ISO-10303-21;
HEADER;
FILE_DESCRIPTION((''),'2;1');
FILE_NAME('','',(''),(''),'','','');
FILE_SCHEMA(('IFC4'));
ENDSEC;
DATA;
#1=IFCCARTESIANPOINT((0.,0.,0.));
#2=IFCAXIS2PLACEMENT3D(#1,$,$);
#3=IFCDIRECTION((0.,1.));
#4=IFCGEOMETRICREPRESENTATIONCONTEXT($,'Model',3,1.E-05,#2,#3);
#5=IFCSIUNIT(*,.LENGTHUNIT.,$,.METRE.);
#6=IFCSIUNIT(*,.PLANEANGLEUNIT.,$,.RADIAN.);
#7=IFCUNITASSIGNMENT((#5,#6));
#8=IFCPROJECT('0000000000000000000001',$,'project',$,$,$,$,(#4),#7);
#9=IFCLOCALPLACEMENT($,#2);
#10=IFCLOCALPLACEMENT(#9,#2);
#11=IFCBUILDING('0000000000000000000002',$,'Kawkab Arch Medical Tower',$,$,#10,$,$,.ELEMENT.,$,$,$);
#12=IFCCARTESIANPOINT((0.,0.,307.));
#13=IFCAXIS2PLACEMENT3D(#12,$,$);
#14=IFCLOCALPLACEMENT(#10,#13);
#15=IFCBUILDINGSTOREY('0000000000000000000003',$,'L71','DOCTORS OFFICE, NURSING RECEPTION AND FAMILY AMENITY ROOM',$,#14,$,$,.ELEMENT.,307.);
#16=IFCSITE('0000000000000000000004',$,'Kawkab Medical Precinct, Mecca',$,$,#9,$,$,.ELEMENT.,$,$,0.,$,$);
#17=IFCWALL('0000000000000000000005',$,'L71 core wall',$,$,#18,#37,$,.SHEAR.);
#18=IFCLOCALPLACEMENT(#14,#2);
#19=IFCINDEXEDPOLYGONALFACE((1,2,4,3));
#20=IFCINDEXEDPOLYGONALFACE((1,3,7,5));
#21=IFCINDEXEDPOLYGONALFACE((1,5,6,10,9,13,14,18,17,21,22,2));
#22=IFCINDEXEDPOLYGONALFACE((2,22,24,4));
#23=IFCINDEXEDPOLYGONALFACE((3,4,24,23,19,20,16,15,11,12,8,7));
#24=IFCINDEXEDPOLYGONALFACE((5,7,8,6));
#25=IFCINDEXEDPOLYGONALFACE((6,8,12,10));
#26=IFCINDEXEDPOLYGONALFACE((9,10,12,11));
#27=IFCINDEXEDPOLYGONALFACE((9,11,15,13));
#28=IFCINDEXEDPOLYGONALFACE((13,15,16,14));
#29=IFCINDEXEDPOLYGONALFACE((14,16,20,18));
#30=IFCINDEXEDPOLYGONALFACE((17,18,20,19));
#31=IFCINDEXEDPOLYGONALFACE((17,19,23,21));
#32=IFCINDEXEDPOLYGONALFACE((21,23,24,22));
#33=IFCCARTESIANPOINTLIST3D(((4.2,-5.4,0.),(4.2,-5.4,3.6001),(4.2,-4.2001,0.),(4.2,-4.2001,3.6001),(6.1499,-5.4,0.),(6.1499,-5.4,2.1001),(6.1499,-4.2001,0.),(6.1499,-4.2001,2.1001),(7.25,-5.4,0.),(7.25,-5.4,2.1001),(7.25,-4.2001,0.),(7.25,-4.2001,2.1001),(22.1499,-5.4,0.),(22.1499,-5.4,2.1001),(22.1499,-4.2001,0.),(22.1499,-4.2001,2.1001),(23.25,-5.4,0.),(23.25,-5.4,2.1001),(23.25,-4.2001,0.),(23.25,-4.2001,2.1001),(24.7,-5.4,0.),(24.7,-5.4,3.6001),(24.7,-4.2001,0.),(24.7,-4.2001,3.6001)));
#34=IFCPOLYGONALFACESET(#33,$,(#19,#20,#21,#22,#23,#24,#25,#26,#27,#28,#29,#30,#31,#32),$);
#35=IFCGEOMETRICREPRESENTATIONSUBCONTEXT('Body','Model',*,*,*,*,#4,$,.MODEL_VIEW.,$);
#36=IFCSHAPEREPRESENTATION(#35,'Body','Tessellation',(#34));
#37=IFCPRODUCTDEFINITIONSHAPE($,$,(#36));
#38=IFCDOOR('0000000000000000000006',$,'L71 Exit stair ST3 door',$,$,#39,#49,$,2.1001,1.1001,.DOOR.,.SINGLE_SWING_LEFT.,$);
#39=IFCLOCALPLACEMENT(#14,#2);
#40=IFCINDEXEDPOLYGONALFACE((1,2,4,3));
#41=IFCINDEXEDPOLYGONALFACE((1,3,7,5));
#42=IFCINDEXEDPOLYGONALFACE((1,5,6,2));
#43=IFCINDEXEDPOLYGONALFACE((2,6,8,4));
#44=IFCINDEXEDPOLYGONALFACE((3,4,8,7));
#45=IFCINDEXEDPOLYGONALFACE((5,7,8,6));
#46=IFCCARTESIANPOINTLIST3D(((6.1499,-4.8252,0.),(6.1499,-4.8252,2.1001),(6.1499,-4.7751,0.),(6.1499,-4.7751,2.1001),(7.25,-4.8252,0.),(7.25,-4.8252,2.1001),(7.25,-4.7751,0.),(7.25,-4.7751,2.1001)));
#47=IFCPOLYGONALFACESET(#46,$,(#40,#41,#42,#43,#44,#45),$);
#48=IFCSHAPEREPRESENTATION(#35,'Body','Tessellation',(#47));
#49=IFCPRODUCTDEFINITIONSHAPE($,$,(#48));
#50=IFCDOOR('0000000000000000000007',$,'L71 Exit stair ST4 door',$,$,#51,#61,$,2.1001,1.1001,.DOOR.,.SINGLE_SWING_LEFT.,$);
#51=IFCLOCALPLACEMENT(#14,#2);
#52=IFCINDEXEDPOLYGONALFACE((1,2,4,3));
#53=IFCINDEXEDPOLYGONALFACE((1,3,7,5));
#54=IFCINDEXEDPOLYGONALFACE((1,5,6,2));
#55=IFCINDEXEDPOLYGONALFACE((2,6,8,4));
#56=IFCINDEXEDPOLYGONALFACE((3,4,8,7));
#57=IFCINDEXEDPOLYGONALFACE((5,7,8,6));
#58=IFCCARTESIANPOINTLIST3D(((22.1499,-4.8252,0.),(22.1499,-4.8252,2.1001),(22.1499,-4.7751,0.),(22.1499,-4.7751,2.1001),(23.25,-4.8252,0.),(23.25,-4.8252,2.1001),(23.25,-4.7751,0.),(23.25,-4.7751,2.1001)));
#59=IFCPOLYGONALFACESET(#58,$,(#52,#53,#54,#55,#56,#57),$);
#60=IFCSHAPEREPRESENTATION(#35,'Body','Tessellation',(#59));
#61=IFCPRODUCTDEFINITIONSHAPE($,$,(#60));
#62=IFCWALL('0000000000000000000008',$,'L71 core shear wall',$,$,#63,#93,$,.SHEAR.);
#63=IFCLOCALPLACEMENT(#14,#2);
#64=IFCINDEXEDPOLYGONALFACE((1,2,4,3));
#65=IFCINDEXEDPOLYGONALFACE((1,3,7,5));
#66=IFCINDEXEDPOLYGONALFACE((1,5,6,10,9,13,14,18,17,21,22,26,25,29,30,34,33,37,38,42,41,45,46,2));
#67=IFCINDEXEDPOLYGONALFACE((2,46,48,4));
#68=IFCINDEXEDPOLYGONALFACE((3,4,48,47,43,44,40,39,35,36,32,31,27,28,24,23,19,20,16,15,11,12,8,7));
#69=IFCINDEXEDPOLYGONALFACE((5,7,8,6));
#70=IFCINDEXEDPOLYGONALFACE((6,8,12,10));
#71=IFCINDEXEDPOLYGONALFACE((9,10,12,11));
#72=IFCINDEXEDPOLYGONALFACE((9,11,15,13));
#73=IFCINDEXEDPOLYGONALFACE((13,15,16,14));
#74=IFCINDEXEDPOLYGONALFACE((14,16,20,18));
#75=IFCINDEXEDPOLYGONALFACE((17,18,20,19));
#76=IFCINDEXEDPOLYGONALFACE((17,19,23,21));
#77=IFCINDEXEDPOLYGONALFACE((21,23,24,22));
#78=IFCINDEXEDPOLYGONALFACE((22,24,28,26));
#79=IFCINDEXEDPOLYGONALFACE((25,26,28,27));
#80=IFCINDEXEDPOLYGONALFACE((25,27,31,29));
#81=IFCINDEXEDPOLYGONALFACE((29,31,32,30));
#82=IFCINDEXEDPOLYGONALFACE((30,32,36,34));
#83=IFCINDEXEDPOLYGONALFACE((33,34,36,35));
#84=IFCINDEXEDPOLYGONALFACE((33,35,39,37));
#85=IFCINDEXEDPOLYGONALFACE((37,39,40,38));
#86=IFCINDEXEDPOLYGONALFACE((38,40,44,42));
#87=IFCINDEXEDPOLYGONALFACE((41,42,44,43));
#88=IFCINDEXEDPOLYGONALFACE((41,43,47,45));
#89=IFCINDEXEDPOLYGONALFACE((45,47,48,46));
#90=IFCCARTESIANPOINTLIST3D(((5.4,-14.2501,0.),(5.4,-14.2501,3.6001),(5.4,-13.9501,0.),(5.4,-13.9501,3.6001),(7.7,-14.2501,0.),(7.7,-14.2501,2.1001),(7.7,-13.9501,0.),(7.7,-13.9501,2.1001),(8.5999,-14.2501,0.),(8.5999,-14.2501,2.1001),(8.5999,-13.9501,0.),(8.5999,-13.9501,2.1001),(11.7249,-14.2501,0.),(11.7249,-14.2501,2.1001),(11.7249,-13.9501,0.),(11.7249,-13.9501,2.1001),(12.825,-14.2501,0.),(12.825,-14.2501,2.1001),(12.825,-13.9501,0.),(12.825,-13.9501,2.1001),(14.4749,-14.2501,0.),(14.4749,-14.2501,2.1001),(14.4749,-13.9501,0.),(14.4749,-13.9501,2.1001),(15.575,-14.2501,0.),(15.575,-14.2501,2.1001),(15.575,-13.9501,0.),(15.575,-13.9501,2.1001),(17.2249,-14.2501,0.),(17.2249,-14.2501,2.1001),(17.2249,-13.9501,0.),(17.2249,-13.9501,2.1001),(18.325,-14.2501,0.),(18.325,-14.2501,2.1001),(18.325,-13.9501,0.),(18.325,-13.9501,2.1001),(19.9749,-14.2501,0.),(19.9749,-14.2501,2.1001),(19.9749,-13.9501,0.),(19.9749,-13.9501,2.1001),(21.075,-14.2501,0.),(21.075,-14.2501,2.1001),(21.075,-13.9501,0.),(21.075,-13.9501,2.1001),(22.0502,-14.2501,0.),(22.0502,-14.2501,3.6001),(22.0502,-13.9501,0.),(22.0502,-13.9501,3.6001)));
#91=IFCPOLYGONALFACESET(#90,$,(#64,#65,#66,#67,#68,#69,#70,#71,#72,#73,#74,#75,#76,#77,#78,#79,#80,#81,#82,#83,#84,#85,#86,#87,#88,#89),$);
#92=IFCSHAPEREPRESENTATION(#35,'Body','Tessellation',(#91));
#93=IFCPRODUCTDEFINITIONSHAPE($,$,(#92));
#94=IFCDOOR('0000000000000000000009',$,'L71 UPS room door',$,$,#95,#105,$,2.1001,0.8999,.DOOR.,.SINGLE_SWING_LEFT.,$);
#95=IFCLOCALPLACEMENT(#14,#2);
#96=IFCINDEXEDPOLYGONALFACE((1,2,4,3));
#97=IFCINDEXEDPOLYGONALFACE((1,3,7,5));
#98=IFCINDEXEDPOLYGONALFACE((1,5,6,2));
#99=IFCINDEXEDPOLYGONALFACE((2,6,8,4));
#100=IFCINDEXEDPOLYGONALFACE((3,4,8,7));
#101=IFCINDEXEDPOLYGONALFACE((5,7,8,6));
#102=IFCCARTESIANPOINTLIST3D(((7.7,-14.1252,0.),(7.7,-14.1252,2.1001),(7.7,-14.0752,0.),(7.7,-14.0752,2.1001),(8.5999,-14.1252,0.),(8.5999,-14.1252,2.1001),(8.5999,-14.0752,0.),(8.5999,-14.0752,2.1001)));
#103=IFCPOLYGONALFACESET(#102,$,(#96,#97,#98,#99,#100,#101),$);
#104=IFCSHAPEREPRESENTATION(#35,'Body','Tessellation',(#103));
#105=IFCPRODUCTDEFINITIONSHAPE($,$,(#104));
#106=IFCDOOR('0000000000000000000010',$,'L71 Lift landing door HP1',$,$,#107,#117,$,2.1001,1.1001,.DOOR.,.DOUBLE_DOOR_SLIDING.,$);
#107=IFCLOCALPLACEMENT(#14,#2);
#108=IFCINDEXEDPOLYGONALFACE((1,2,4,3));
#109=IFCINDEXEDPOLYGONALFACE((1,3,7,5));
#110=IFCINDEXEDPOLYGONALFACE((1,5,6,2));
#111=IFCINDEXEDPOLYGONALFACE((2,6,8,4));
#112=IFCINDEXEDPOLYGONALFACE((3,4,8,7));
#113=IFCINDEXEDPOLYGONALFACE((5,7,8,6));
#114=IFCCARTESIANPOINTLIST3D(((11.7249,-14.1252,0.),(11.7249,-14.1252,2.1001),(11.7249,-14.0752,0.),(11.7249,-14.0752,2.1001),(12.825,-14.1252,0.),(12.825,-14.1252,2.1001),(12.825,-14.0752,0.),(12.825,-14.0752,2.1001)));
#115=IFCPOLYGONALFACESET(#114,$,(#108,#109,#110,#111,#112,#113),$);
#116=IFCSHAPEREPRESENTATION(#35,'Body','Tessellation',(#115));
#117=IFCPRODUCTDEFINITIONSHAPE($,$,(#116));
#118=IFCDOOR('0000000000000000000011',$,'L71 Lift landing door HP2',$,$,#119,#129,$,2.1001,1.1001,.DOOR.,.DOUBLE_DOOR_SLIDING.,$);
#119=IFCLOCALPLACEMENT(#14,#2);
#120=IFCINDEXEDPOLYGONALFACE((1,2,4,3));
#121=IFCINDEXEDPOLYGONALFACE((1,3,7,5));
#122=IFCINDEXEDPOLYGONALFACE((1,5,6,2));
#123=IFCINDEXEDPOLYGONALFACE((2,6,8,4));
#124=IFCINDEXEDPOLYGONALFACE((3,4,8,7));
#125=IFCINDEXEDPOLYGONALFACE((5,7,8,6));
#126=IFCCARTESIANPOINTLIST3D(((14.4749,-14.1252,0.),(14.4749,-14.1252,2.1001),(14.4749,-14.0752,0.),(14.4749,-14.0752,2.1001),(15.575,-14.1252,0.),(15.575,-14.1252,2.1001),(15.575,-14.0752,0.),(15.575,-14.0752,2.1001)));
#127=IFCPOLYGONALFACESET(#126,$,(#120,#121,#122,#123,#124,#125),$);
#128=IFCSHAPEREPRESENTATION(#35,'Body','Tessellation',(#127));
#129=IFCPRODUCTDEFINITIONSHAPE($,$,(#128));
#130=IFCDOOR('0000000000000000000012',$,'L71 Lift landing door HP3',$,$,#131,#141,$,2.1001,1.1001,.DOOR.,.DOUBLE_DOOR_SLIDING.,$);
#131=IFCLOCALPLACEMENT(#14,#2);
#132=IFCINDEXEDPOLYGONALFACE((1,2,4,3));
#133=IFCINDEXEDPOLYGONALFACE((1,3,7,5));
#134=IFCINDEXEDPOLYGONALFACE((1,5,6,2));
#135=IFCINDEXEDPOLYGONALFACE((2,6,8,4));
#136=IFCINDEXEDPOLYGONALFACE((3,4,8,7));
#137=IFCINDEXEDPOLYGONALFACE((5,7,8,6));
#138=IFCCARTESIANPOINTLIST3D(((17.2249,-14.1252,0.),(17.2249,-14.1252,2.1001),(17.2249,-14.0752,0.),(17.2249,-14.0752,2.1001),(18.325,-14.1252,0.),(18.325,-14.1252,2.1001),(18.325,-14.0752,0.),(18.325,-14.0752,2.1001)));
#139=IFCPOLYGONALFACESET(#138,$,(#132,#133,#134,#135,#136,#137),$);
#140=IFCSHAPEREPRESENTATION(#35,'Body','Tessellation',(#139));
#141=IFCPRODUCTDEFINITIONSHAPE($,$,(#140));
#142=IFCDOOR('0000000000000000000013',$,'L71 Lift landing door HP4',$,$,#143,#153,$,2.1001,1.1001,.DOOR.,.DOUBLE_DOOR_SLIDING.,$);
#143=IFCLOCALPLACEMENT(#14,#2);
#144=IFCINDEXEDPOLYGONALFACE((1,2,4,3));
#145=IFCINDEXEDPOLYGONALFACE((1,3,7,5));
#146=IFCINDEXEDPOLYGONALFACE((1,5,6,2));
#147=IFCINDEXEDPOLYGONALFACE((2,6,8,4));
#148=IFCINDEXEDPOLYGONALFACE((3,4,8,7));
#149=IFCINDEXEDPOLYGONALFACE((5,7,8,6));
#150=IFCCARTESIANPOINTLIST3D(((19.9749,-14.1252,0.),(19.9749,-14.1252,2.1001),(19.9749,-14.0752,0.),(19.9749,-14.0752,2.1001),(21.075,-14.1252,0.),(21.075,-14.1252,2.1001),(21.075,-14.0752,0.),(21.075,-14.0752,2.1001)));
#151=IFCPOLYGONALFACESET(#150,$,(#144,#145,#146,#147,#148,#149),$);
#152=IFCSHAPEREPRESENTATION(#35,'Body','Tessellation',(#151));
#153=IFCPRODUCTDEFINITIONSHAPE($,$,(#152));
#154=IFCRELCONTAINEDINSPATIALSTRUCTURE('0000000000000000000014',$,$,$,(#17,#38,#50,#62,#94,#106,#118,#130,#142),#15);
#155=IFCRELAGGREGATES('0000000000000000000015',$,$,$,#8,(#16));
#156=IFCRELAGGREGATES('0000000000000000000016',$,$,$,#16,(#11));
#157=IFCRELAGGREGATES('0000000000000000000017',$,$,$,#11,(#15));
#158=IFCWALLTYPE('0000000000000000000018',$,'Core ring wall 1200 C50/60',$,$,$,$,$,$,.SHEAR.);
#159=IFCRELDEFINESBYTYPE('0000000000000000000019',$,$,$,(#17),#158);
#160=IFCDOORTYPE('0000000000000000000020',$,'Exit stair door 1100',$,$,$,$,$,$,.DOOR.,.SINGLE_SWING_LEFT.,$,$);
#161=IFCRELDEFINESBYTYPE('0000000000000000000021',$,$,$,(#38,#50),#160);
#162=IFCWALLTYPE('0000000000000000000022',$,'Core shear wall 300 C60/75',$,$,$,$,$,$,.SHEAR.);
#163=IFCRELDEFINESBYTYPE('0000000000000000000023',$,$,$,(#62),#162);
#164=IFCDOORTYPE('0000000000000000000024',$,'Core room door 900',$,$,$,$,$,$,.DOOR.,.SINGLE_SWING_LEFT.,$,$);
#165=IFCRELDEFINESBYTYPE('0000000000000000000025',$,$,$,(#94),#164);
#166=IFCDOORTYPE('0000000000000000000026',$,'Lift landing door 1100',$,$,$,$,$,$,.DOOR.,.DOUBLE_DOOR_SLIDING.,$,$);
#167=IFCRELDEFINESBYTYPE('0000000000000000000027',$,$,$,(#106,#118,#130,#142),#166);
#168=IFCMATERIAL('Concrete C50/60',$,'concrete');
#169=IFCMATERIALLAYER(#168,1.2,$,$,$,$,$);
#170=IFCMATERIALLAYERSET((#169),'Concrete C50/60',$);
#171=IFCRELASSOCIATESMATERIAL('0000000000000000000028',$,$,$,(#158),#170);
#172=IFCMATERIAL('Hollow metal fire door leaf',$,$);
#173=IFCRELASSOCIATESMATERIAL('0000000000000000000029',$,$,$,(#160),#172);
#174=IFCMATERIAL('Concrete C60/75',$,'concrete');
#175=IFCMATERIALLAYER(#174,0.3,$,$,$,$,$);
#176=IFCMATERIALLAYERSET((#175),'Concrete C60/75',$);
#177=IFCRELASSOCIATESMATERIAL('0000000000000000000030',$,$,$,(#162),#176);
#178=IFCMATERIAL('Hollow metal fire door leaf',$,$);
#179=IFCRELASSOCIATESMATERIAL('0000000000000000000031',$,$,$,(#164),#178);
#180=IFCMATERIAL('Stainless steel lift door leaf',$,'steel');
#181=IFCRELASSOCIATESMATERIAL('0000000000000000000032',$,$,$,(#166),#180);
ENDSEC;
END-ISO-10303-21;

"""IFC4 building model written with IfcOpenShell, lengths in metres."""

from ifc_helpers import new_model, si_unit, direction, frame, frame_2d, origin, place, context, subcontext, project, spatial, rectangle, extrude, material, layer, layer_set, type_object, element, fill, save


model = new_model("IFC4")

# Units and contexts
model_context = context("Model", 3, precision=1e-05, world=origin(), true_north=direction((0.0, 1.0)))
body_context = subcontext(model_context, "Body", "Model", "MODEL_VIEW")
ifc_project = project(units=[si_unit("LENGTHUNIT", "METRE"), si_unit("PLANEANGLEUNIT", "RADIAN")], contexts=[model_context])

# Site, building, storey
site_placement = place(None, origin())
site = spatial("IfcSite", under=ifc_project, at=site_placement, Name="Kawkab Medical Precinct, Mecca", CompositionType="ELEMENT", RefElevation=0.0)
building_placement = place(site_placement, origin())
building = spatial("IfcBuilding", under=site, at=building_placement, Name="Kawkab Arch Medical Tower", CompositionType="ELEMENT")
storey_placement = place(building_placement, frame((0.0, 0.0, 307.0)))
storey = spatial("IfcBuildingStorey", under=building, at=storey_placement, Name="L71", Description="DOCTORS OFFICE, NURSING RECEPTION AND FAMILY AMENITY ROOM", CompositionType="ELEMENT", Elevation=307.0)

# Walls, openings, doors
ifc_material_1 = material(Name="Concrete C50/60", Category="concrete")
ifc_layer_1 = layer(ifc_material_1, 1.2)
ifc_layer_set_1 = layer_set([ifc_layer_1], Name="Concrete C50/60")
wall_type_1 = type_object("IfcWallType", Name="Core ring wall 1200 C50/60", PredefinedType="SHEAR", material=ifc_layer_set_1)
wall_1_placement = place(storey_placement, frame((4.2, -4.8, 0.0), z_axis=(0.0, 0.0, 1.0), x_axis=(1.0, 0.0, 0.0)))
wall_1 = element("IfcWall", 1, at=wall_1_placement, inside=storey, type_object=wall_type_1, Name="L71 core wall", PredefinedType="SHEAR", context=body_context, shape_type="SweptSolid", body=[
    extrude(rectangle(XDim=20.5, YDim=1.2, at=frame_2d((10.25, 0.0))), origin(), (0.0, 0.0, 1.0), 3.6001),
])
opening_1_placement = place(wall_1_placement, frame((1.95, 0.0, 0.0)))
opening_1 = element("IfcOpeningElement", 2, at=opening_1_placement, cuts=wall_1, PredefinedType="OPENING", context=body_context, shape_type="SweptSolid", body=[
    extrude(rectangle(XDim=1.1001, YDim=2.1001, at=frame_2d((0.55, 1.05))), frame((0.0, 0.6099, 0.0), z_axis=(0.0, -1.0, 0.0), x_axis=(1.0, 0.0, 0.0)), (0.0, 0.0, 1.0), 1.22),
])
opening_2_placement = place(wall_1_placement, frame((17.95, 0.0, 0.0)))
opening_2 = element("IfcOpeningElement", 3, at=opening_2_placement, cuts=wall_1, PredefinedType="OPENING", context=body_context, shape_type="SweptSolid", body=[
    extrude(rectangle(XDim=1.1001, YDim=2.1001, at=frame_2d((0.55, 1.05))), frame((0.0, 0.6099, 0.0), z_axis=(0.0, -1.0, 0.0), x_axis=(1.0, 0.0, 0.0)), (0.0, 0.0, 1.0), 1.22),
])
ifc_material_2 = material(Name="Hollow metal fire door leaf")
door_type_1 = type_object("IfcDoorType", Name="Exit stair door 1100", OperationType="SINGLE_SWING_LEFT", PredefinedType="DOOR", material=ifc_material_2)
door_1_placement = place(opening_1_placement, origin())
door_1 = element("IfcDoor", 4, at=door_1_placement, inside=storey, type_object=door_type_1, Name="L71 Exit stair ST3 door", OperationType="SINGLE_SWING_LEFT", OverallHeight=2.1001, OverallWidth=1.1001, PredefinedType="DOOR", context=body_context, shape_type="SweptSolid", body=[
    extrude(rectangle(XDim=1.1001, YDim=2.1001, at=frame_2d((0.55, 1.05))), frame((0.0, 0.0249, 0.0), z_axis=(0.0, -1.0, 0.0), x_axis=(1.0, 0.0, 0.0)), (0.0, 0.0, 1.0), 0.05),
])
fill(opening_1, door_1)
door_2_placement = place(opening_2_placement, origin())
door_2 = element("IfcDoor", 5, at=door_2_placement, inside=storey, type_object=door_type_1, Name="L71 Exit stair ST4 door", OperationType="SINGLE_SWING_LEFT", OverallHeight=2.1001, OverallWidth=1.1001, PredefinedType="DOOR", context=body_context, shape_type="SweptSolid", body=[
    extrude(rectangle(XDim=1.1001, YDim=2.1001, at=frame_2d((0.55, 1.05))), frame((0.0, 0.0249, 0.0), z_axis=(0.0, -1.0, 0.0), x_axis=(1.0, 0.0, 0.0)), (0.0, 0.0, 1.0), 0.05),
])
fill(opening_2, door_2)
ifc_material_3 = material(Name="Concrete C60/75", Category="concrete")
ifc_layer_2 = layer(ifc_material_3, 0.3)
ifc_layer_set_2 = layer_set([ifc_layer_2], Name="Concrete C60/75")
wall_type_2 = type_object("IfcWallType", Name="Core shear wall 300 C60/75", PredefinedType="SHEAR", material=ifc_layer_set_2)
wall_2_placement = place(storey_placement, frame((5.3999, -14.1001, 0.0), z_axis=(0.0, 0.0, 1.0), x_axis=(1.0, 0.0, 0.0)))
wall_2 = element("IfcWall", 6, at=wall_2_placement, inside=storey, type_object=wall_type_2, Name="L71 core shear wall", PredefinedType="SHEAR", context=body_context, shape_type="SweptSolid", body=[
    extrude(rectangle(XDim=16.6501, YDim=0.3, at=frame_2d((8.3252, 0.0))), origin(), (0.0, 0.0, 1.0), 3.6001),
])
opening_3_placement = place(wall_2_placement, frame((6.325, 0.0, 0.0)))
opening_3 = element("IfcOpeningElement", 7, at=opening_3_placement, cuts=wall_2, PredefinedType="OPENING", context=body_context, shape_type="SweptSolid", body=[
    extrude(rectangle(XDim=1.1001, YDim=2.1001, at=frame_2d((0.55, 1.05))), frame((0.0, 0.1599, 0.0), z_axis=(0.0, -1.0, 0.0), x_axis=(1.0, 0.0, 0.0)), (0.0, 0.0, 1.0), 0.3201),
])
opening_4_placement = place(wall_2_placement, frame((9.075, 0.0, 0.0)))
opening_4 = element("IfcOpeningElement", 8, at=opening_4_placement, cuts=wall_2, PredefinedType="OPENING", context=body_context, shape_type="SweptSolid", body=[
    extrude(rectangle(XDim=1.1001, YDim=2.1001, at=frame_2d((0.55, 1.05))), frame((0.0, 0.1599, 0.0), z_axis=(0.0, -1.0, 0.0), x_axis=(1.0, 0.0, 0.0)), (0.0, 0.0, 1.0), 0.3201),
])
opening_5_placement = place(wall_2_placement, frame((11.825, 0.0, 0.0)))
opening_5 = element("IfcOpeningElement", 9, at=opening_5_placement, cuts=wall_2, PredefinedType="OPENING", context=body_context, shape_type="SweptSolid", body=[
    extrude(rectangle(XDim=1.1001, YDim=2.1001, at=frame_2d((0.55, 1.05))), frame((0.0, 0.1599, 0.0), z_axis=(0.0, -1.0, 0.0), x_axis=(1.0, 0.0, 0.0)), (0.0, 0.0, 1.0), 0.3201),
])
opening_6_placement = place(wall_2_placement, frame((14.575, 0.0, 0.0)))
opening_6 = element("IfcOpeningElement", 10, at=opening_6_placement, cuts=wall_2, PredefinedType="OPENING", context=body_context, shape_type="SweptSolid", body=[
    extrude(rectangle(XDim=1.1001, YDim=2.1001, at=frame_2d((0.55, 1.05))), frame((0.0, 0.1599, 0.0), z_axis=(0.0, -1.0, 0.0), x_axis=(1.0, 0.0, 0.0)), (0.0, 0.0, 1.0), 0.3201),
])
opening_7_placement = place(wall_2_placement, frame((2.3, 0.0, 0.0)))
opening_7 = element("IfcOpeningElement", 11, at=opening_7_placement, cuts=wall_2, PredefinedType="OPENING", context=body_context, shape_type="SweptSolid", body=[
    extrude(rectangle(XDim=0.8999, YDim=2.1001, at=frame_2d((0.45, 1.05))), frame((0.0, 0.1599, 0.0), z_axis=(0.0, -1.0, 0.0), x_axis=(1.0, 0.0, 0.0)), (0.0, 0.0, 1.0), 0.3201),
])
ifc_material_4 = material(Name="Hollow metal fire door leaf")
door_type_2 = type_object("IfcDoorType", Name="Core room door 900", OperationType="SINGLE_SWING_LEFT", PredefinedType="DOOR", material=ifc_material_4)
door_3_placement = place(opening_7_placement, origin())
door_3 = element("IfcDoor", 12, at=door_3_placement, inside=storey, type_object=door_type_2, Name="L71 UPS room door", OperationType="SINGLE_SWING_LEFT", OverallHeight=2.1001, OverallWidth=0.8999, PredefinedType="DOOR", context=body_context, shape_type="SweptSolid", body=[
    extrude(rectangle(XDim=0.8999, YDim=2.1001, at=frame_2d((0.45, 1.05))), frame((0.0, 0.0249, 0.0), z_axis=(0.0, -1.0, 0.0), x_axis=(1.0, 0.0, 0.0)), (0.0, 0.0, 1.0), 0.05),
])
fill(opening_7, door_3)
ifc_material_5 = material(Name="Stainless steel lift door leaf", Category="steel")
door_type_3 = type_object("IfcDoorType", Name="Lift landing door 1100", OperationType="DOUBLE_DOOR_SLIDING", PredefinedType="DOOR", material=ifc_material_5)
door_4_placement = place(opening_3_placement, origin())
door_4 = element("IfcDoor", 13, at=door_4_placement, inside=storey, type_object=door_type_3, Name="L71 Lift landing door HP1", OperationType="DOUBLE_DOOR_SLIDING", OverallHeight=2.1001, OverallWidth=1.1001, PredefinedType="DOOR", context=body_context, shape_type="SweptSolid", body=[
    extrude(rectangle(XDim=1.1001, YDim=2.1001, at=frame_2d((0.55, 1.05))), frame((0.0, 0.0249, 0.0), z_axis=(0.0, -1.0, 0.0), x_axis=(1.0, 0.0, 0.0)), (0.0, 0.0, 1.0), 0.05),
])
fill(opening_3, door_4)
door_5_placement = place(opening_4_placement, origin())
door_5 = element("IfcDoor", 14, at=door_5_placement, inside=storey, type_object=door_type_3, Name="L71 Lift landing door HP2", OperationType="DOUBLE_DOOR_SLIDING", OverallHeight=2.1001, OverallWidth=1.1001, PredefinedType="DOOR", context=body_context, shape_type="SweptSolid", body=[
    extrude(rectangle(XDim=1.1001, YDim=2.1001, at=frame_2d((0.55, 1.05))), frame((0.0, 0.0249, 0.0), z_axis=(0.0, -1.0, 0.0), x_axis=(1.0, 0.0, 0.0)), (0.0, 0.0, 1.0), 0.05),
])
fill(opening_4, door_5)
door_6_placement = place(opening_5_placement, origin())
door_6 = element("IfcDoor", 15, at=door_6_placement, inside=storey, type_object=door_type_3, Name="L71 Lift landing door HP3", OperationType="DOUBLE_DOOR_SLIDING", OverallHeight=2.1001, OverallWidth=1.1001, PredefinedType="DOOR", context=body_context, shape_type="SweptSolid", body=[
    extrude(rectangle(XDim=1.1001, YDim=2.1001, at=frame_2d((0.55, 1.05))), frame((0.0, 0.0249, 0.0), z_axis=(0.0, -1.0, 0.0), x_axis=(1.0, 0.0, 0.0)), (0.0, 0.0, 1.0), 0.05),
])
fill(opening_5, door_6)
door_7_placement = place(opening_6_placement, origin())
door_7 = element("IfcDoor", 16, at=door_7_placement, inside=storey, type_object=door_type_3, Name="L71 Lift landing door HP4", OperationType="DOUBLE_DOOR_SLIDING", OverallHeight=2.1001, OverallWidth=1.1001, PredefinedType="DOOR", context=body_context, shape_type="SweptSolid", body=[
    extrude(rectangle(XDim=1.1001, YDim=2.1001, at=frame_2d((0.55, 1.05))), frame((0.0, 0.0249, 0.0), z_axis=(0.0, -1.0, 0.0), x_axis=(1.0, 0.0, 0.0)), (0.0, 0.0, 1.0), 0.05),
])
fill(opening_6, door_7)

save(model, "model.ifc")
